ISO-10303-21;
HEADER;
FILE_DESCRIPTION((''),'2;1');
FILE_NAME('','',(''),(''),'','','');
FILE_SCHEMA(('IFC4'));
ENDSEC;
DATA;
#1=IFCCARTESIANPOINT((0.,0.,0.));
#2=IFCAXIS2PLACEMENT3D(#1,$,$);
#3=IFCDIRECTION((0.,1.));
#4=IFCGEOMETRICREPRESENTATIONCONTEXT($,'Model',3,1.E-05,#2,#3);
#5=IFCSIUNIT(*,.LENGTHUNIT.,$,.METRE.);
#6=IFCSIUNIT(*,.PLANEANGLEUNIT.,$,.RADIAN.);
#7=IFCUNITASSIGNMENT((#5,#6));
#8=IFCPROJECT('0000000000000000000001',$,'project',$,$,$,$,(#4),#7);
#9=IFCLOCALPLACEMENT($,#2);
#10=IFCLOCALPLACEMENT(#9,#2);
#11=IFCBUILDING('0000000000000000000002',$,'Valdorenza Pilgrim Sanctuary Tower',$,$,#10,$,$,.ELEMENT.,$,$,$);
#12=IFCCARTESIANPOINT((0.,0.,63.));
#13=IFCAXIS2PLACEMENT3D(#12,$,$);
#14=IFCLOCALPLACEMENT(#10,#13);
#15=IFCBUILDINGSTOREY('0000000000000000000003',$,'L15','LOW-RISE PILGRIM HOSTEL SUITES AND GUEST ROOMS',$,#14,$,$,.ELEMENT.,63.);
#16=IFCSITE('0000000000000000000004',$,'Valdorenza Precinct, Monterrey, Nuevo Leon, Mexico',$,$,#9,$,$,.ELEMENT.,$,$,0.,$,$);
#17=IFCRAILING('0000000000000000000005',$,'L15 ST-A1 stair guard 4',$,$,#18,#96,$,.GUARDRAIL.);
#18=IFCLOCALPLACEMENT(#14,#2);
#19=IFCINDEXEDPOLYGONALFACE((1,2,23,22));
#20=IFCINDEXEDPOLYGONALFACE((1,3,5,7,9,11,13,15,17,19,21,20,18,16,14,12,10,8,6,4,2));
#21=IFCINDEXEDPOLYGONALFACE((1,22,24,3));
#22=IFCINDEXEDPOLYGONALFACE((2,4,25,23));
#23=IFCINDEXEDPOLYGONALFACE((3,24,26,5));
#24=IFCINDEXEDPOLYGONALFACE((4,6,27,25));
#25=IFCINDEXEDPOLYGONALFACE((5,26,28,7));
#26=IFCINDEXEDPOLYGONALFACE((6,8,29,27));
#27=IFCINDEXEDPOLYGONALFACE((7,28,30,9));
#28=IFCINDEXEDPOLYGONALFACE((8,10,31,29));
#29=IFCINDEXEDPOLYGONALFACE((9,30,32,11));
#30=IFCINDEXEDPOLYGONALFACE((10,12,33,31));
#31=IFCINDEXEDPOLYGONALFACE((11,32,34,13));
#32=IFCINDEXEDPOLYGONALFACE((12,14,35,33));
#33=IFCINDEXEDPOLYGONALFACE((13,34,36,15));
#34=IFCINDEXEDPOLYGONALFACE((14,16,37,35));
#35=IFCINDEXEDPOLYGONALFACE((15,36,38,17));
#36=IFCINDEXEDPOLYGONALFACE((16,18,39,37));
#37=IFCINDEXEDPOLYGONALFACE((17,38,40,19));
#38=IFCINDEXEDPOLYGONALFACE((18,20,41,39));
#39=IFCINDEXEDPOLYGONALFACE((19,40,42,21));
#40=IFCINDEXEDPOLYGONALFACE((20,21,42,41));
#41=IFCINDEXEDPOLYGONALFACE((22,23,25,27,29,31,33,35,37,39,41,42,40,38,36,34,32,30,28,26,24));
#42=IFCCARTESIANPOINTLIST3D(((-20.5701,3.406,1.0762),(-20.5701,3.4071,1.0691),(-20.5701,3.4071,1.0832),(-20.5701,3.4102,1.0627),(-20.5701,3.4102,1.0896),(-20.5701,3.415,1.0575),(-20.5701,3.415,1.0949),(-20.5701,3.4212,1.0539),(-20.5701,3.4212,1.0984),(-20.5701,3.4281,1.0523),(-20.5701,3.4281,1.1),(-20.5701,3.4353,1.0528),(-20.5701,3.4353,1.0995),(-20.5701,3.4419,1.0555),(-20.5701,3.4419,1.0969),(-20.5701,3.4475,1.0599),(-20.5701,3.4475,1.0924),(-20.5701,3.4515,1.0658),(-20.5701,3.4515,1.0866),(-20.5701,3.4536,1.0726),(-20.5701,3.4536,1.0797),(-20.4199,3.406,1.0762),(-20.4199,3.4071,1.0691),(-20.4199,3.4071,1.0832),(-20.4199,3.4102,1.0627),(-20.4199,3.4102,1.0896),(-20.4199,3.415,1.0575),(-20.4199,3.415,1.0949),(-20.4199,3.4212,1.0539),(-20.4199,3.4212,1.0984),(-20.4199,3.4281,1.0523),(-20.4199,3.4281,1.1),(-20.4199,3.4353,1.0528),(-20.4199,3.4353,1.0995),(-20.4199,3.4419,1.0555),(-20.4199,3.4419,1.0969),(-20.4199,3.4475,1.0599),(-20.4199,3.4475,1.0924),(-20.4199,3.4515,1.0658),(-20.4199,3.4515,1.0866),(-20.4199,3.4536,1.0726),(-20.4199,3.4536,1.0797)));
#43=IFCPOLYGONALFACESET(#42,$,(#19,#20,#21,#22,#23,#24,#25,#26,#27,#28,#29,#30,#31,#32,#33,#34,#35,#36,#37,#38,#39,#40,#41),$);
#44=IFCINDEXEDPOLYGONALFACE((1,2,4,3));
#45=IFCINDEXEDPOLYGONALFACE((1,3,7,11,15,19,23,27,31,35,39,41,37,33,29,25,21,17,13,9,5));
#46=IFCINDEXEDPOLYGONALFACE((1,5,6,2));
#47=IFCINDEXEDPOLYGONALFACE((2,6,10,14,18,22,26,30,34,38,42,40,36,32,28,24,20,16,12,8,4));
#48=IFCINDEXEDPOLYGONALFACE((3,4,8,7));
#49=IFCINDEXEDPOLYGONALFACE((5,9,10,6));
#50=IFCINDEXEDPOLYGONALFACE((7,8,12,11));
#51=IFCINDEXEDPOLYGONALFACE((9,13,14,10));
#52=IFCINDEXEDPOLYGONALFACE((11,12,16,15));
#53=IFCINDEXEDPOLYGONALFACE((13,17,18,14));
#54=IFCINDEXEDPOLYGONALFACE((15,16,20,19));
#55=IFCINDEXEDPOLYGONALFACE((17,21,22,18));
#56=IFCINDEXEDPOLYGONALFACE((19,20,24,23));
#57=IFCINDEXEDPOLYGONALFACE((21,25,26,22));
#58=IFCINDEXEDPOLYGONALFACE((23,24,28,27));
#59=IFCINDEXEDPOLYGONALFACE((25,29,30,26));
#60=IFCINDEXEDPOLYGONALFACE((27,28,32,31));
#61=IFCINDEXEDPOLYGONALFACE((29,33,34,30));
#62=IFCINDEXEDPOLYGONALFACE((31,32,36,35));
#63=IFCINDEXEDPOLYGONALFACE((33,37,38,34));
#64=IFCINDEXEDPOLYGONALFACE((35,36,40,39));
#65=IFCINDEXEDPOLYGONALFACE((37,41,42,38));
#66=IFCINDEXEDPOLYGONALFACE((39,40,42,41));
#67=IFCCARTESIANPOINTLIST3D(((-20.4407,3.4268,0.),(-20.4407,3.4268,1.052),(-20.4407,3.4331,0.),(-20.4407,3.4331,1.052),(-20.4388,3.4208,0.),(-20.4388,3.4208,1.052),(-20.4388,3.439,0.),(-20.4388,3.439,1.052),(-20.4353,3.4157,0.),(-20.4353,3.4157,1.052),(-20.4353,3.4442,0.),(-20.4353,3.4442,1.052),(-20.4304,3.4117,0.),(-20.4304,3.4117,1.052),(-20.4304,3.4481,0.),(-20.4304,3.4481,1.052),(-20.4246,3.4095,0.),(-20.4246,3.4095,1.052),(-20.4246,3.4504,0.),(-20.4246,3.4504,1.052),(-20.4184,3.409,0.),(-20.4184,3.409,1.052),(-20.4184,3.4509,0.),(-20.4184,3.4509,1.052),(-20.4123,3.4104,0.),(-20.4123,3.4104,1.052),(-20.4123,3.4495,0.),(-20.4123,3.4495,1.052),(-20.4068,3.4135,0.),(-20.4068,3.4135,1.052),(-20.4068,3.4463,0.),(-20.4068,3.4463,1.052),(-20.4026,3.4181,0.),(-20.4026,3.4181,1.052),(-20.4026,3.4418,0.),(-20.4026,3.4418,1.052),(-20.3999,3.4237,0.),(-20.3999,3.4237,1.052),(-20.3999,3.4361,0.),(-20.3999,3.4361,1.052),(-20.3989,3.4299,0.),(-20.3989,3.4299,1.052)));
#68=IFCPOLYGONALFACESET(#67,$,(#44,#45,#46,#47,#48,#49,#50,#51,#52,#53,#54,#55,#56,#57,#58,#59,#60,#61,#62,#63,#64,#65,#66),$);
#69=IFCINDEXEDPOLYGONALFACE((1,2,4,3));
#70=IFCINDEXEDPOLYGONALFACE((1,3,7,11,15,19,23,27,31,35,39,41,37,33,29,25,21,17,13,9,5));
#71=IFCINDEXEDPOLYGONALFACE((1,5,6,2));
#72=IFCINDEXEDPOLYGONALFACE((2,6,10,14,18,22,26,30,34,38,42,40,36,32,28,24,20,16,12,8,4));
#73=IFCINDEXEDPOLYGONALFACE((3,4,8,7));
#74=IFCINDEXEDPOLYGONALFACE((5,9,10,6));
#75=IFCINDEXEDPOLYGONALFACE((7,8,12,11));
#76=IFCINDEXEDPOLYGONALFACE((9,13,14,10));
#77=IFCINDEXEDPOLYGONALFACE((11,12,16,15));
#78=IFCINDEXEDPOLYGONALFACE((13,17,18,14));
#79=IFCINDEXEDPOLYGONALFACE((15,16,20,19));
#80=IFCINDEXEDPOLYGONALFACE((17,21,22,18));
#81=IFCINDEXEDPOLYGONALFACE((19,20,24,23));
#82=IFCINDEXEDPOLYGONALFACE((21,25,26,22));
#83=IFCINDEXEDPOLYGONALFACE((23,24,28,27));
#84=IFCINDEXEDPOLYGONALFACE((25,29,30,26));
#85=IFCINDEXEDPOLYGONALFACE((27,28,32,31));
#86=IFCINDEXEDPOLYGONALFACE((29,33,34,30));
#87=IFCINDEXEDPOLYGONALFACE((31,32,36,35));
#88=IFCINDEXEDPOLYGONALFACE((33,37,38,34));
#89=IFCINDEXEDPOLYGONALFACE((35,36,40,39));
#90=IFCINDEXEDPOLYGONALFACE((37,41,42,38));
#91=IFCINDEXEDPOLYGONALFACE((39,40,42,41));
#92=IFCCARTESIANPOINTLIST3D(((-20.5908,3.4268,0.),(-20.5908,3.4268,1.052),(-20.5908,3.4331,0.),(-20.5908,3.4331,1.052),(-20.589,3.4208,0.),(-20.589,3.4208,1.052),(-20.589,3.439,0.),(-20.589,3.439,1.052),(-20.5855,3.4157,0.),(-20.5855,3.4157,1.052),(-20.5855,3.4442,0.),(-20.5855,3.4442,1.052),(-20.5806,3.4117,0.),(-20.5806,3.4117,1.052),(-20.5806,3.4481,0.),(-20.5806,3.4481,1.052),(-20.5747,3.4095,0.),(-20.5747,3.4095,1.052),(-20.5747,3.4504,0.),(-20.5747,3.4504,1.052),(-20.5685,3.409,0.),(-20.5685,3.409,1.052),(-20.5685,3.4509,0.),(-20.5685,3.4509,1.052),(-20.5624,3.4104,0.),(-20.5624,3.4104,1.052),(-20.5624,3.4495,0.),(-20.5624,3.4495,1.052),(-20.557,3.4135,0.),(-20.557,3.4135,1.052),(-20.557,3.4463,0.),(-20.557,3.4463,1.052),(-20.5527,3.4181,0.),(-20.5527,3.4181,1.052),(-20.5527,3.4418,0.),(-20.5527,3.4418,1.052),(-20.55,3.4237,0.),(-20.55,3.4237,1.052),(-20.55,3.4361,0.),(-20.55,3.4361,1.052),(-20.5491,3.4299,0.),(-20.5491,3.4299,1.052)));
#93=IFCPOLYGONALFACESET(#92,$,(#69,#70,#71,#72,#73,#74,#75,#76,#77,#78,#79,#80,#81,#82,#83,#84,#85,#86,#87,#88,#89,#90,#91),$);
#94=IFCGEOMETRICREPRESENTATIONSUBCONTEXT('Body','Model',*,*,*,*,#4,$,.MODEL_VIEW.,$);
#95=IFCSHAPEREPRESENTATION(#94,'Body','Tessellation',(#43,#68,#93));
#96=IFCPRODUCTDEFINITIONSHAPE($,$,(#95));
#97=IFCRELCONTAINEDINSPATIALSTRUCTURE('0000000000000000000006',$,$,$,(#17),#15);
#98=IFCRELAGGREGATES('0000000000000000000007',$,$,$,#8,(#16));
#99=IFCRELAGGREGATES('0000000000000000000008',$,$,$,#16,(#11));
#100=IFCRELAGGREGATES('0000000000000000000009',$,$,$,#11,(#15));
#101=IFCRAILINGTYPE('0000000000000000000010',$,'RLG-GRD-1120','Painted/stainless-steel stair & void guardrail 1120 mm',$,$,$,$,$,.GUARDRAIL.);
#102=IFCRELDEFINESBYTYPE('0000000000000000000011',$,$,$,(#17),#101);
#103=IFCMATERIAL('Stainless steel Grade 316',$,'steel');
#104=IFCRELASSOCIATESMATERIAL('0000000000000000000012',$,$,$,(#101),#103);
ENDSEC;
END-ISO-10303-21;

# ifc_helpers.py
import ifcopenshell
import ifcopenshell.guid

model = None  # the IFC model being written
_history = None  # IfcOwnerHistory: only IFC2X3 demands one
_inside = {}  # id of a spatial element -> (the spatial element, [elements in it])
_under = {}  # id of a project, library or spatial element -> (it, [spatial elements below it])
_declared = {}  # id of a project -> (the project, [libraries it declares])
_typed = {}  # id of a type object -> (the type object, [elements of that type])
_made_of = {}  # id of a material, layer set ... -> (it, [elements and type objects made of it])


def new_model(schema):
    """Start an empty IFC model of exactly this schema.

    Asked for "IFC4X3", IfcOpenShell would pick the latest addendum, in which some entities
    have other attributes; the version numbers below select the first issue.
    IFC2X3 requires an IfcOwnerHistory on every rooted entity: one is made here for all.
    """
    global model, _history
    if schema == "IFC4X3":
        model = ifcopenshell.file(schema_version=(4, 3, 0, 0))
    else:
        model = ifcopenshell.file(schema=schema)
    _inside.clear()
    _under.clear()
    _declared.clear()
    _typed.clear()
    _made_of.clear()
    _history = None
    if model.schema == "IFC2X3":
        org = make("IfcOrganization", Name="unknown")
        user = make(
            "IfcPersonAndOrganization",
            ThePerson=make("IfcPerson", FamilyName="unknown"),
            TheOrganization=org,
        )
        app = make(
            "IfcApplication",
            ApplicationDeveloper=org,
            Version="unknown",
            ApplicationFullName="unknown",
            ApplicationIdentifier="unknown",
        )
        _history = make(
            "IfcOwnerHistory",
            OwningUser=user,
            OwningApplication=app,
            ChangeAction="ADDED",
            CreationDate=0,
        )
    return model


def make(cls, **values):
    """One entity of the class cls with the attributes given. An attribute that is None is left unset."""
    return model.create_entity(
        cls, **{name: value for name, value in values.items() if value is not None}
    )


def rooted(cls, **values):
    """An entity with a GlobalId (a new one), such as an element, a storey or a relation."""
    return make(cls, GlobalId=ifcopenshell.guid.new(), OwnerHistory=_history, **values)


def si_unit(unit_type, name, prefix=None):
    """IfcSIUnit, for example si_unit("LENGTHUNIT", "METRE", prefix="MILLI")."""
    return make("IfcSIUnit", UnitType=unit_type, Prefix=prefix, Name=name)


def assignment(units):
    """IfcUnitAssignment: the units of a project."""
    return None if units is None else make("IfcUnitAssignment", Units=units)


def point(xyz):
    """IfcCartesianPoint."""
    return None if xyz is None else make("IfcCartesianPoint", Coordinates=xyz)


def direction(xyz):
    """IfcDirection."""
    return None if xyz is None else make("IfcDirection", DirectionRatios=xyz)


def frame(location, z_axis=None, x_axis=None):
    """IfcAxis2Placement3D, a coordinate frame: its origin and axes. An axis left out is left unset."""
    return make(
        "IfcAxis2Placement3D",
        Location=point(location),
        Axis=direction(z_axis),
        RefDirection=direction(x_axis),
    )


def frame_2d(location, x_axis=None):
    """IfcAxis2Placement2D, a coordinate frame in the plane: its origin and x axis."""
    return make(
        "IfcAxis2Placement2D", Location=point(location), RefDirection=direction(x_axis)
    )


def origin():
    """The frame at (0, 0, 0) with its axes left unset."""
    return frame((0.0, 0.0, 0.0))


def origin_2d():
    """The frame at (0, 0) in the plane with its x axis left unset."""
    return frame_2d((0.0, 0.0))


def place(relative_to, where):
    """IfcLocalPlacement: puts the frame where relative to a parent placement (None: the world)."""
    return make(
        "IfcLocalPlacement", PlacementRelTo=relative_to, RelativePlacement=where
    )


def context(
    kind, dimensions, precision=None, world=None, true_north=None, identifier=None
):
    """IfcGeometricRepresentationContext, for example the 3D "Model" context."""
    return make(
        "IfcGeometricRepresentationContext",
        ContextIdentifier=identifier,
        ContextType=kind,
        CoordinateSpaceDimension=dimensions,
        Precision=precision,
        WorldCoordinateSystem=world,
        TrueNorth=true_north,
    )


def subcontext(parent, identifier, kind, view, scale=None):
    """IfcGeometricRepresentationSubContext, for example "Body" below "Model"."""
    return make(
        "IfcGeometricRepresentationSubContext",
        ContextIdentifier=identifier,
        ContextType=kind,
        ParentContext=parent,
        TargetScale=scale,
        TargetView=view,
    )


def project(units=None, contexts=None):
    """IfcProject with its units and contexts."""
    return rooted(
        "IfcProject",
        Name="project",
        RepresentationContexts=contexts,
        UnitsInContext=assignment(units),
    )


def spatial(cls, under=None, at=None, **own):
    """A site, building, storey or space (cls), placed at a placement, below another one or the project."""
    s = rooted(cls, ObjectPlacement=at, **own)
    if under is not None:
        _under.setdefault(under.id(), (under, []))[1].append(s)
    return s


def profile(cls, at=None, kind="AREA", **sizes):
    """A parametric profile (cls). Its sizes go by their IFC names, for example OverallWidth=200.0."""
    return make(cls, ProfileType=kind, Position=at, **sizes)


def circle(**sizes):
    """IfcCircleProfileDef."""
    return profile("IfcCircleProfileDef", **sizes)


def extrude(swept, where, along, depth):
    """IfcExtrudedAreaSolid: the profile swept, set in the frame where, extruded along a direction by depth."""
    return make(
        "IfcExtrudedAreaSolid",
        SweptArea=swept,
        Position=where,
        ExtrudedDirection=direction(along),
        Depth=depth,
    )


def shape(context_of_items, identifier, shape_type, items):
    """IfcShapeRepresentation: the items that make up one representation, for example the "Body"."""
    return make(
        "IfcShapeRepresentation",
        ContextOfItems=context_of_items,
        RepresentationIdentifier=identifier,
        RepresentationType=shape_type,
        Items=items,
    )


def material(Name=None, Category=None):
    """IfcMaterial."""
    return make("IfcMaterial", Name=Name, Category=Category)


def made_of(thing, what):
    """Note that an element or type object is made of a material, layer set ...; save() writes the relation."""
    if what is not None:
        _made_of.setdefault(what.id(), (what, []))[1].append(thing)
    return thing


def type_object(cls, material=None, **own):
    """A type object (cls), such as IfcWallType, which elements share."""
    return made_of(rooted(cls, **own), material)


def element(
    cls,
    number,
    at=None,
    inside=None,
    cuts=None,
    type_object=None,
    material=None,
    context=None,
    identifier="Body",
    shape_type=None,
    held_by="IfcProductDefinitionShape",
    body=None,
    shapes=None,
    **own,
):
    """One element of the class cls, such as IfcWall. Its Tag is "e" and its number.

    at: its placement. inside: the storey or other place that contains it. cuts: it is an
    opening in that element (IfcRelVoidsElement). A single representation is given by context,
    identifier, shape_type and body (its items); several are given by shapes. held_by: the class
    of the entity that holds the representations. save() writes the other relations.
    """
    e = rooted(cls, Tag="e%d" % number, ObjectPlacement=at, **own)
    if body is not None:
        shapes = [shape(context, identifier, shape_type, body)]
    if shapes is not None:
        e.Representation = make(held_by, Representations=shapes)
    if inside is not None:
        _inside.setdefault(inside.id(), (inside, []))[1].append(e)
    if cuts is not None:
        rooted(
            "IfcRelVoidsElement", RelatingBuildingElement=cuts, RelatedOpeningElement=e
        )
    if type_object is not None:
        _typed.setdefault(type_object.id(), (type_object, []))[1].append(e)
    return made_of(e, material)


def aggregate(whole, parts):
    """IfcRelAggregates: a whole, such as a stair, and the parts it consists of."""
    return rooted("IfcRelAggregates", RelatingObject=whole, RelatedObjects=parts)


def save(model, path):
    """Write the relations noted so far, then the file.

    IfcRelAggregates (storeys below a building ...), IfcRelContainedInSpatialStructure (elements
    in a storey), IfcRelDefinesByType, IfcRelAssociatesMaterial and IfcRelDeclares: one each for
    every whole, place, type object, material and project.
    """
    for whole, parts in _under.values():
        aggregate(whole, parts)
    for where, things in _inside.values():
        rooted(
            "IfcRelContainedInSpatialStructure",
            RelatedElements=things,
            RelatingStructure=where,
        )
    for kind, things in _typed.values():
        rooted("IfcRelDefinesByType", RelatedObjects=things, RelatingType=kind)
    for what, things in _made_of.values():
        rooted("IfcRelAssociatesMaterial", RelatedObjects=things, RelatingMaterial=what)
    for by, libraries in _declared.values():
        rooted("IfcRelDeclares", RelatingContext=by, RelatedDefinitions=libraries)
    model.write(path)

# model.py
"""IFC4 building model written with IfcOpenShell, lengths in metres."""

from ifc_helpers import new_model, si_unit, direction, frame, origin, origin_2d, place, context, subcontext, project, spatial, circle, extrude, material, type_object, element, save


model = new_model("IFC4")

# Units and contexts
model_context = context("Model", 3, precision=1e-05, world=origin(), true_north=direction((0.0, 1.0)))
body_context = subcontext(model_context, "Body", "Model", "MODEL_VIEW")
ifc_project = project(units=[si_unit("LENGTHUNIT", "METRE"), si_unit("PLANEANGLEUNIT", "RADIAN")], contexts=[model_context])

# Site, building, storey
site_placement = place(None, origin())
site = spatial("IfcSite", under=ifc_project, at=site_placement, Name="Valdorenza Precinct, Monterrey, Nuevo Leon, Mexico", CompositionType="ELEMENT", RefElevation=0.0)
building_placement = place(site_placement, origin())
building = spatial("IfcBuilding", under=site, at=building_placement, Name="Valdorenza Pilgrim Sanctuary Tower", CompositionType="ELEMENT")
storey_placement = place(building_placement, frame((0.0, 0.0, 63.0)))
storey = spatial("IfcBuildingStorey", under=building, at=storey_placement, Name="L15", Description="LOW-RISE PILGRIM HOSTEL SUITES AND GUEST ROOMS", CompositionType="ELEMENT", Elevation=63.0)

# Railing
ifc_material_1 = material(Name="Stainless steel Grade 316", Category="steel")
railing_type = type_object("IfcRailingType", Name="RLG-GRD-1120", Description="Painted/stainless-steel stair & void guardrail 1120 mm", PredefinedType="GUARDRAIL", material=ifc_material_1)
railing_1_placement = place(storey_placement, frame((-20.4199, 3.4299, 0.0)))
element("IfcRailing", 1, at=railing_1_placement, inside=storey, type_object=railing_type, Name="L15 ST-A1 stair guard 4", PredefinedType="GUARDRAIL", context=body_context, shape_type="SweptSolid", body=[
    extrude(circle(Radius=0.0239, at=origin_2d()), frame((0.0, 0.0, 1.0762), z_axis=(-1.0, 0.0, 0.0), x_axis=(0.0, -1.0, 0.0)), (0.0, 0.0, 1.0), 0.1501),
    extrude(circle(Radius=0.021, at=origin_2d()), origin(), (0.0, 0.0, 1.0), 1.052),
    extrude(circle(Radius=0.021, at=origin_2d()), frame((-0.1501, 0.0, 0.0)), (0.0, 0.0, 1.0), 1.052),
])

save(model, "model.ifc")
